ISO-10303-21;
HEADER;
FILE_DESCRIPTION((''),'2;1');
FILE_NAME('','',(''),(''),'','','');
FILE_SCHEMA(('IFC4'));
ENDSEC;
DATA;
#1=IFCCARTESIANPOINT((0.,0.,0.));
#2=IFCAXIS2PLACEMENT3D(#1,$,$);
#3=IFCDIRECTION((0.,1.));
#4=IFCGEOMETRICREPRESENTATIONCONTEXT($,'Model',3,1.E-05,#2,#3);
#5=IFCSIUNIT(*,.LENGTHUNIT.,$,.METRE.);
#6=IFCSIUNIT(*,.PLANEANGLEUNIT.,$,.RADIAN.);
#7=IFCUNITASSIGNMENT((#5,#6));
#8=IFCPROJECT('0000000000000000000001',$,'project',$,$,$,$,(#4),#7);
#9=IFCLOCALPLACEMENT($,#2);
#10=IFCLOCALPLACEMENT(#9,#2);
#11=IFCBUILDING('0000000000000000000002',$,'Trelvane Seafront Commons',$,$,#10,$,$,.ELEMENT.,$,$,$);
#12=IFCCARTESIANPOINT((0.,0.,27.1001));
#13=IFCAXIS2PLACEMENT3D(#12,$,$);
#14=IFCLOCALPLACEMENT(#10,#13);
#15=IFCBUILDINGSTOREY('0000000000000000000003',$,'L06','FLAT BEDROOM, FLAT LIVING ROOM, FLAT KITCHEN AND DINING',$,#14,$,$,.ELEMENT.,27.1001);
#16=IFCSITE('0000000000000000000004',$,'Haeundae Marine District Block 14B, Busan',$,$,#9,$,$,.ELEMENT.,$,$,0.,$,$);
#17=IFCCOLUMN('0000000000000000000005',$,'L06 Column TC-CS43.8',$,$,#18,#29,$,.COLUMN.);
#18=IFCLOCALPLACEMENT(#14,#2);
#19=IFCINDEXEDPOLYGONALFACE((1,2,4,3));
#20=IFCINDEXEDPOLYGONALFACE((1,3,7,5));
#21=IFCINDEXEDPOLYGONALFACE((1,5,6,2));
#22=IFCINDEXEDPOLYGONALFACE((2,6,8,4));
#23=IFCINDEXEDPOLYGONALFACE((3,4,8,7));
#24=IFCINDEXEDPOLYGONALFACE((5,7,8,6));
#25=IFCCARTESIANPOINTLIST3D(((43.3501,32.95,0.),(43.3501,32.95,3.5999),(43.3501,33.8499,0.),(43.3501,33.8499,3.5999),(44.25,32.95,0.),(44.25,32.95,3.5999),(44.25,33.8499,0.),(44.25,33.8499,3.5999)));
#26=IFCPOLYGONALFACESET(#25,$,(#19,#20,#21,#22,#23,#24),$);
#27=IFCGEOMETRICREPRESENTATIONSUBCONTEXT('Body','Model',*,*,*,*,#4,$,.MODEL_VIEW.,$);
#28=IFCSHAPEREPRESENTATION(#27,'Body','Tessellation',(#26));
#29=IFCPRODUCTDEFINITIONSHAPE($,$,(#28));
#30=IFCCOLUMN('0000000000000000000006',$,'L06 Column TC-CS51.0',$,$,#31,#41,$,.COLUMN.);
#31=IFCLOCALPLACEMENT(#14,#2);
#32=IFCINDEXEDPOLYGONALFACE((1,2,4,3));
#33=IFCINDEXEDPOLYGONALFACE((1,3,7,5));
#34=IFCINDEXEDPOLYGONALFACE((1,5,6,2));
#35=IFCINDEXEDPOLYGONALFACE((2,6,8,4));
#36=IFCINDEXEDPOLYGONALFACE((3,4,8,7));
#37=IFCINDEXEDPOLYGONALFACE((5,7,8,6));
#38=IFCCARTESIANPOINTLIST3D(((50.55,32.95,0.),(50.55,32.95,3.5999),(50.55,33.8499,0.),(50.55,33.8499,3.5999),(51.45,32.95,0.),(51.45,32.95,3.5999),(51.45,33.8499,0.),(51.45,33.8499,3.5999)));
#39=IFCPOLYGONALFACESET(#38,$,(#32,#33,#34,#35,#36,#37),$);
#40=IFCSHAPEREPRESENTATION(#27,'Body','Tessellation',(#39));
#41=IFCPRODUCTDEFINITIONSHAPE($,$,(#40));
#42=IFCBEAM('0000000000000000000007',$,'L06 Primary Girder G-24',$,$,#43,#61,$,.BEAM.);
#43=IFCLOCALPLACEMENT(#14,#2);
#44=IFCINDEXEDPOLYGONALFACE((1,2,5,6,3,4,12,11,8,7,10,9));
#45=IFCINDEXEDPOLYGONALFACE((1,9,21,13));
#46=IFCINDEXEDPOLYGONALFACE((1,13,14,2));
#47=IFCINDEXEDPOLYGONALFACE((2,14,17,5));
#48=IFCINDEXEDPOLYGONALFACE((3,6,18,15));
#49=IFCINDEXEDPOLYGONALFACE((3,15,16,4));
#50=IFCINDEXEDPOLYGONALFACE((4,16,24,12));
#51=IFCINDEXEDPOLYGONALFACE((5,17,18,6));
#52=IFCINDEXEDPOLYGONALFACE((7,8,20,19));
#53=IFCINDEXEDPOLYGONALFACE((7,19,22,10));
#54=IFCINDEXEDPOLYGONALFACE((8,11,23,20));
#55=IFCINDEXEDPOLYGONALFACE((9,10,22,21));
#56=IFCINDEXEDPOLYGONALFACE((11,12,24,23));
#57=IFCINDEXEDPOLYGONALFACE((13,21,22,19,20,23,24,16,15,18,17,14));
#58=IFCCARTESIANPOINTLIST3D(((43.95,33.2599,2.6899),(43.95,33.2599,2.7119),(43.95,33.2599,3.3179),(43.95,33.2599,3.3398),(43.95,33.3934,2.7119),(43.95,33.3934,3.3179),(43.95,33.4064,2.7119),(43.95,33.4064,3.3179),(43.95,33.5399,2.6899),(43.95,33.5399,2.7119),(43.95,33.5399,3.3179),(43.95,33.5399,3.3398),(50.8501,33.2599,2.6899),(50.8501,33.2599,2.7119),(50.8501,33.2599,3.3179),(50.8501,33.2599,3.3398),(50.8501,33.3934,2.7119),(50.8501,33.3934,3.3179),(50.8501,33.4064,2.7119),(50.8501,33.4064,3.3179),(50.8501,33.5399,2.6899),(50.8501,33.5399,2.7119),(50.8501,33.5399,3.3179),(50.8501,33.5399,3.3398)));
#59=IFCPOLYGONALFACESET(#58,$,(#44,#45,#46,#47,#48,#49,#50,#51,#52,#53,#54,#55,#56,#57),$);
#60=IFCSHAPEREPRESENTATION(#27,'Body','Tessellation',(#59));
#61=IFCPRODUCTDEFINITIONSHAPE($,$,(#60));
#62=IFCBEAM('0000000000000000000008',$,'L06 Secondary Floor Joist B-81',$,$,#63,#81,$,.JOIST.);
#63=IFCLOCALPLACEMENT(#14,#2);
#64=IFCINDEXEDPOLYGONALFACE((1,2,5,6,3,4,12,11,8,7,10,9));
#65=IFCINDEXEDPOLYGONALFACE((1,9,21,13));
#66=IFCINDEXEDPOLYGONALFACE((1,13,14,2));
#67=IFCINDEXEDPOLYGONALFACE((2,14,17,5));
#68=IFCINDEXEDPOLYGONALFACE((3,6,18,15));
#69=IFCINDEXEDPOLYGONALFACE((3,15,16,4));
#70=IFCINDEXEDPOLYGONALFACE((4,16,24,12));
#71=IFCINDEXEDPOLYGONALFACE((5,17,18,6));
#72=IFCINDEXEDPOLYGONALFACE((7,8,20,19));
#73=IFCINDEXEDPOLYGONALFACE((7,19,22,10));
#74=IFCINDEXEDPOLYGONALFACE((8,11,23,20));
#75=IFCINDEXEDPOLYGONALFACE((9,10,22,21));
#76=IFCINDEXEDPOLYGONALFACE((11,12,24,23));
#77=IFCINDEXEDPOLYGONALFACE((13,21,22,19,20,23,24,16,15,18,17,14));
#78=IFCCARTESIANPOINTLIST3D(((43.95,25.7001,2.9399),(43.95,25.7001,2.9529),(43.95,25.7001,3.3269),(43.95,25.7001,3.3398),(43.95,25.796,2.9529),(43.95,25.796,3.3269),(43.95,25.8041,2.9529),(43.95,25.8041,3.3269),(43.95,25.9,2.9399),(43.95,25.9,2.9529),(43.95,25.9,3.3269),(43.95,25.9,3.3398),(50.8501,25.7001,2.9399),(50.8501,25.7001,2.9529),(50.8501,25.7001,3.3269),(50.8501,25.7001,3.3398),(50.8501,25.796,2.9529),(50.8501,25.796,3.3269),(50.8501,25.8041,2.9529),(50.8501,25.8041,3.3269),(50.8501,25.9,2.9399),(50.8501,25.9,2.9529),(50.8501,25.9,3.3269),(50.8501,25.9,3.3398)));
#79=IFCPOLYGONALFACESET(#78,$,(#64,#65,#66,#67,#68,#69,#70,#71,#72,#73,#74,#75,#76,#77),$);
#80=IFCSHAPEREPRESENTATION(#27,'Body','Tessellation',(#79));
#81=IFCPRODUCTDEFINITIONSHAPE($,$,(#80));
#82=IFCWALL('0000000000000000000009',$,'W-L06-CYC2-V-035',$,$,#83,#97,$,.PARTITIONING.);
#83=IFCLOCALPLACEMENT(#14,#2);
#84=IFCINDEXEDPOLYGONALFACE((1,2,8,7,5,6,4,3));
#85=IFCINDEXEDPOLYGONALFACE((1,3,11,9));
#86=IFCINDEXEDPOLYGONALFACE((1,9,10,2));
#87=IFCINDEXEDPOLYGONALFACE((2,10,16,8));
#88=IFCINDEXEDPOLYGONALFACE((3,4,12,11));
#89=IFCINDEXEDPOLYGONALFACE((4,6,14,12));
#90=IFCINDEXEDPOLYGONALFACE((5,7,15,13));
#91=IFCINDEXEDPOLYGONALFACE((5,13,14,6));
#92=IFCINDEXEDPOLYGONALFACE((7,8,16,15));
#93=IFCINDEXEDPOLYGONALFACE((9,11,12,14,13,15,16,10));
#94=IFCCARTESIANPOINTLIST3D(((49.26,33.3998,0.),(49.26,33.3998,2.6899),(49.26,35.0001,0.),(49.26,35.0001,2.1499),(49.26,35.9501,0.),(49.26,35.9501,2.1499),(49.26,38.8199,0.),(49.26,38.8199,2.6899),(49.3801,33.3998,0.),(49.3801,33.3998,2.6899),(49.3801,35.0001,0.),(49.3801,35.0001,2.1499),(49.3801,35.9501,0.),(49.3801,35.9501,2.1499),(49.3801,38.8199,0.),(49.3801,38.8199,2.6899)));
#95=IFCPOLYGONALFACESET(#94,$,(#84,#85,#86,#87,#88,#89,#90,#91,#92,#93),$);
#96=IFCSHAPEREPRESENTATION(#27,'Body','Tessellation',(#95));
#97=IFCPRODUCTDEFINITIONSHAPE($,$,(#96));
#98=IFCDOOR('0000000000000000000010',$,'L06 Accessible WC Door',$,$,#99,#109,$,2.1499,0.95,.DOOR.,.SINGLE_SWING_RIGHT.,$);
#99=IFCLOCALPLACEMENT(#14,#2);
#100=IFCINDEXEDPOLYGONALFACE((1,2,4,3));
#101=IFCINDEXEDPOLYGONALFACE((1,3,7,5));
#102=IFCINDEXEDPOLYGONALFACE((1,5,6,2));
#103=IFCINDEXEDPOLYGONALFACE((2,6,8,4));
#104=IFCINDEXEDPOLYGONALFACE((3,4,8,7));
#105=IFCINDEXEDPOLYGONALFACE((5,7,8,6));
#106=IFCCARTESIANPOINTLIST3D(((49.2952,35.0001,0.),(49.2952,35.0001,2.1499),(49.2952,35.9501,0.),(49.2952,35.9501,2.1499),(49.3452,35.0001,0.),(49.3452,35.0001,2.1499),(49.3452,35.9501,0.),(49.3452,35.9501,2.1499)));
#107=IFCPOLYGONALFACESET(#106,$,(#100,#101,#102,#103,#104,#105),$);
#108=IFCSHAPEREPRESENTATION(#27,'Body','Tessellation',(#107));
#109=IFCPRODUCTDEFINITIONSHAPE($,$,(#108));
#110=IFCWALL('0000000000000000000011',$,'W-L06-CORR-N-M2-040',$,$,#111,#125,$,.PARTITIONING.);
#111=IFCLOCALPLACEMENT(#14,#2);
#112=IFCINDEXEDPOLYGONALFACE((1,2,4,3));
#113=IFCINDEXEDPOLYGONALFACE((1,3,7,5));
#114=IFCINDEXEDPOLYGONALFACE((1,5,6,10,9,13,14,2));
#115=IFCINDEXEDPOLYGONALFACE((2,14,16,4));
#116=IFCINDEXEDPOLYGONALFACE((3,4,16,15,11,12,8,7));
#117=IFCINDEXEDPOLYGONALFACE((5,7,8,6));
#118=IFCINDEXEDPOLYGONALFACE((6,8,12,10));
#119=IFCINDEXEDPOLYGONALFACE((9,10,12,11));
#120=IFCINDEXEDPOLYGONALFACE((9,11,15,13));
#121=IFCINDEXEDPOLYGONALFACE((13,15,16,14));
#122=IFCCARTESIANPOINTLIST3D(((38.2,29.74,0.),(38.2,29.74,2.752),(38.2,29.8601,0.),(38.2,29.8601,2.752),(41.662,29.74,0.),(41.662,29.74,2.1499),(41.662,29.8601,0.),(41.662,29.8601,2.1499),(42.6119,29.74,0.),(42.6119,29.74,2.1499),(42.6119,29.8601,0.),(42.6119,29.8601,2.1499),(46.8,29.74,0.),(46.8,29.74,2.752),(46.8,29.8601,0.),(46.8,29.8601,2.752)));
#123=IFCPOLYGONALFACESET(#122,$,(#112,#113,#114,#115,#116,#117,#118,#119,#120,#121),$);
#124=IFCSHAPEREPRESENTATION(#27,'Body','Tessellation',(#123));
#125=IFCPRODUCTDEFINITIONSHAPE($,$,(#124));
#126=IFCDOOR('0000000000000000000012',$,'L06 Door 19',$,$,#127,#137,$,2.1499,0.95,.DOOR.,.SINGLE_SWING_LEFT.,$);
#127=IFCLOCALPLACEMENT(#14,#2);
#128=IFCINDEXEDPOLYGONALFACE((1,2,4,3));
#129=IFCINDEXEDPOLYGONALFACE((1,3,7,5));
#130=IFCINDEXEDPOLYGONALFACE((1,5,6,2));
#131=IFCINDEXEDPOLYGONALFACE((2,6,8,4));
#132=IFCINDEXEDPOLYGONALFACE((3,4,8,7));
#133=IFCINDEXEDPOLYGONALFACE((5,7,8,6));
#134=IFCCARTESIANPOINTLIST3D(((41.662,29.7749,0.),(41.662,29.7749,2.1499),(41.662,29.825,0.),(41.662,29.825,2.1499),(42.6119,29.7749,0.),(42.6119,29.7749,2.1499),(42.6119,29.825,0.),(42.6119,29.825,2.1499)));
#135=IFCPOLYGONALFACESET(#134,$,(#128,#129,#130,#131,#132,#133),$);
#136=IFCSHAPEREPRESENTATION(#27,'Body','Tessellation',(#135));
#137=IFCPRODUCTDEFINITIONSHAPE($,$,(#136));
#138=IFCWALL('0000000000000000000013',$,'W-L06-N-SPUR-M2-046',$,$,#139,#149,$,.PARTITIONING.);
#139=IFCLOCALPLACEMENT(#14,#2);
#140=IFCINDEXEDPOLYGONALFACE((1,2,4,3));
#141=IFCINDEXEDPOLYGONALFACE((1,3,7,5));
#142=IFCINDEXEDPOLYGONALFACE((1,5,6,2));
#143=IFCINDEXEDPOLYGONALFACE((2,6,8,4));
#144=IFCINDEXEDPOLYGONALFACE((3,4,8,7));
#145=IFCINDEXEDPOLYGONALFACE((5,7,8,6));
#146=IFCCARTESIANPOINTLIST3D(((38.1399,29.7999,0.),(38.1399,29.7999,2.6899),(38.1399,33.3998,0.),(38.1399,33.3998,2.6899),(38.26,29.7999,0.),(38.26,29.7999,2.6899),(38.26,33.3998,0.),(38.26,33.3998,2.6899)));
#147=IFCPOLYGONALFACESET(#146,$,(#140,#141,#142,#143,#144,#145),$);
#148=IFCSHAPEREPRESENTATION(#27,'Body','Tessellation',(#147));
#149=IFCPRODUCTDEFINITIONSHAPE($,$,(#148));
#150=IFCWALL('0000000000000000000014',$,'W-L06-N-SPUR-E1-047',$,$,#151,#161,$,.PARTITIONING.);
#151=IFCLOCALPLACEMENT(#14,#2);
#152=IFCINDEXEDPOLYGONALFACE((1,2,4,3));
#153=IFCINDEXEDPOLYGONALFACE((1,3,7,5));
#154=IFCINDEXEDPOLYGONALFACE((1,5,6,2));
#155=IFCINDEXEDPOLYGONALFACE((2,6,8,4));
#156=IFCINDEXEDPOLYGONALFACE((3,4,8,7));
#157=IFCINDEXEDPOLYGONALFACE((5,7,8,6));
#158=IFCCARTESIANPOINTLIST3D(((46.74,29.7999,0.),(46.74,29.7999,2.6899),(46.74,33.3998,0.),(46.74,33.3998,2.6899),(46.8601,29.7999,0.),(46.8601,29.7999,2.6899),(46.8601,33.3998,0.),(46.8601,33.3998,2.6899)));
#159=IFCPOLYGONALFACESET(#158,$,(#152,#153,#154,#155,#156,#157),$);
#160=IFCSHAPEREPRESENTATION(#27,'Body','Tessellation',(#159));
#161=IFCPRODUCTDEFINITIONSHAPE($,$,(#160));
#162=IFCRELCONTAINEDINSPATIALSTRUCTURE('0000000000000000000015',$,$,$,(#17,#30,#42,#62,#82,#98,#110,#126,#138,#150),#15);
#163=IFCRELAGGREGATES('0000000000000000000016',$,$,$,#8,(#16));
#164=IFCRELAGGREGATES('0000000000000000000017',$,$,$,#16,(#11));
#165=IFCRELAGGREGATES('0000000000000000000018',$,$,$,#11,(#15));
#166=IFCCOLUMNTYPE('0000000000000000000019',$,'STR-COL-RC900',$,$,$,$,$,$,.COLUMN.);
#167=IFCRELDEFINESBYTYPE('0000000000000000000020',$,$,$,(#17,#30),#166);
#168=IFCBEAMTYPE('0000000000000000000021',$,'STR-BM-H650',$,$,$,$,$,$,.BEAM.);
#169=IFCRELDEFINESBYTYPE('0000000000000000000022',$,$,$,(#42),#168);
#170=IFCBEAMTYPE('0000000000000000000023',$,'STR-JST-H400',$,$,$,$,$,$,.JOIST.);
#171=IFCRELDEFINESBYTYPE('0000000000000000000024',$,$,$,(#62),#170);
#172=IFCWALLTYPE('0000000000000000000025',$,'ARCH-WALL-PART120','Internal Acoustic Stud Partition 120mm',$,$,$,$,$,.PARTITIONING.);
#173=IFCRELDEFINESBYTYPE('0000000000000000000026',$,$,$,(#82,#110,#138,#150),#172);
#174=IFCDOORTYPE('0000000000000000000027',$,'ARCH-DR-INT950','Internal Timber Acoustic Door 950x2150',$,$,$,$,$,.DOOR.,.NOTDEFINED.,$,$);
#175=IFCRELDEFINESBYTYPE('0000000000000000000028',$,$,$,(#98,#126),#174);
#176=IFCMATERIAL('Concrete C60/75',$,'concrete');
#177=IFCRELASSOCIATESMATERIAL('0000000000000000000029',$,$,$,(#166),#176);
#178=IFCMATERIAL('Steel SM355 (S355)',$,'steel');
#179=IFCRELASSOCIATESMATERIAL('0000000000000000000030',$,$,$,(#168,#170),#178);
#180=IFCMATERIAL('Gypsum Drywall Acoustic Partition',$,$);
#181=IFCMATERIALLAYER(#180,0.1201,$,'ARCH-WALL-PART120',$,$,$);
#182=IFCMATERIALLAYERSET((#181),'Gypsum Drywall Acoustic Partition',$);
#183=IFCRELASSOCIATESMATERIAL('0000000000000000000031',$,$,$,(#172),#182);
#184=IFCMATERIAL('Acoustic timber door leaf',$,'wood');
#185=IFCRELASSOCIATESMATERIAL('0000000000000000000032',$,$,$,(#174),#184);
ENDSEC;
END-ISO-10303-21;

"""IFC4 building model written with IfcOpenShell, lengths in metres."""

from ifc_helpers import new_model, si_unit, direction, frame, frame_2d, origin, origin_2d, place, context, subcontext, project, spatial, rectangle, i_section, extrude, source, transform, mapped, material, layer, layer_set, material_profile, profile_set, type_object, element, fill, save


model = new_model("IFC4")

# Units and contexts
model_context = context("Model", 3, precision=1e-05, world=origin(), true_north=direction((0.0, 1.0)))
body_context = subcontext(model_context, "Body", "Model", "MODEL_VIEW")
ifc_project = project(units=[si_unit("LENGTHUNIT", "METRE"), si_unit("PLANEANGLEUNIT", "RADIAN")], contexts=[model_context])

# Site, building, storey
site_placement = place(None, origin())
site = spatial("IfcSite", under=ifc_project, at=site_placement, Name="Haeundae Marine District Block 14B, Busan", CompositionType="ELEMENT", RefElevation=0.0)
building_placement = place(site_placement, origin())
building = spatial("IfcBuilding", under=site, at=building_placement, Name="Trelvane Seafront Commons", CompositionType="ELEMENT")
storey_placement = place(building_placement, frame((0.0, 0.0, 27.1001)))
storey = spatial("IfcBuildingStorey", under=building, at=storey_placement, Name="L06", Description="FLAT BEDROOM, FLAT LIVING ROOM, FLAT KITCHEN AND DINING", CompositionType="ELEMENT", Elevation=27.1001)

# Columns
ifc_material_1 = material(Name="Concrete C60/75", Category="concrete")
ifc_material_profile_1 = material_profile(ifc_material_1, rectangle(XDim=0.8999, YDim=0.8999, at=origin_2d()), Name="RC-900x900")
ifc_profile_set_1 = profile_set([ifc_material_profile_1], Name="Concrete C60/75")
column_type = type_object("IfcColumnType", Name="STR-COL-RC900", PredefinedType="COLUMN", material=ifc_profile_set_1)
shared_shape_1 = source(origin(), body_context, "Body", "SweptSolid", [
    extrude(rectangle(XDim=0.8999, YDim=0.8999, at=origin_2d()), origin(), (0.0, 0.0, 1.0), 3.5999),
])
for number, where, z_axis, x_axis, name in (
    (1, (43.8, 33.3999, 0.0), (0.0, 0.0, 1.0), (1.0, 0.0, 0.0), "L06 Column TC-CS43.8"),
    (2, (51.0, 33.3999, 0.0), (0.0, 0.0, 1.0), (1.0, 0.0, 0.0), "L06 Column TC-CS51.0"),
):
    element("IfcColumn", number, at=place(storey_placement, frame(where, z_axis=z_axis, x_axis=x_axis)), inside=storey, type_object=column_type, Name=name, PredefinedType="COLUMN", context=body_context, shape_type="MappedRepresentation", body=[
        mapped(shared_shape_1, transform((0.0, 0.0, 0.0), x_axis=(1.0, 0.0, 0.0), y_axis=(0.0, 1.0, 0.0), z_axis=(0.0, 0.0, 1.0), scale=1.0)),
    ])

# Beams
ifc_material_2 = material(Name="Steel SM355 (S355)", Category="steel")
ifc_material_profile_2 = material_profile(ifc_material_2, i_section(OverallWidth=0.28, OverallDepth=0.6499, WebThickness=0.0129, FlangeThickness=0.022, at=origin_2d()), Name="H-650x280x13x22")
ifc_profile_set_2 = profile_set([ifc_material_profile_2], Name="Steel SM355 (S355)")
beam_type_1 = type_object("IfcBeamType", Name="STR-BM-H650", PredefinedType="BEAM", material=ifc_profile_set_2)
shared_shape_2 = source(origin(), body_context, "Body", "SweptSolid", [
    extrude(i_section(OverallWidth=0.28, OverallDepth=0.6499, WebThickness=0.0129, FlangeThickness=0.022, at=origin_2d()), origin(), (0.0, 0.0, 1.0), 6.9001),
])
beam_1_placement = place(storey_placement, frame((43.95, 33.3999, 3.0149), z_axis=(1.0, 0.0, 0.0), x_axis=(0.0, 1.0, 0.0)))
element("IfcBeam", 3, at=beam_1_placement, inside=storey, type_object=beam_type_1, Name="L06 Primary Girder G-24", PredefinedType="BEAM", context=body_context, shape_type="MappedRepresentation", body=[
    mapped(shared_shape_2, transform((0.0, 0.0, 0.0), x_axis=(1.0, 0.0, 0.0), y_axis=(0.0, 1.0, 0.0), z_axis=(0.0, 0.0, 1.0), scale=1.0)),
])
ifc_material_profile_3 = material_profile(ifc_material_2, i_section(OverallWidth=0.2, OverallDepth=0.3999, WebThickness=0.0081, FlangeThickness=0.0129, at=origin_2d()), Name="H-400x200x8x13")
ifc_profile_set_3 = profile_set([ifc_material_profile_3], Name="Steel SM355 (S355)")
beam_type_2 = type_object("IfcBeamType", Name="STR-JST-H400", PredefinedType="JOIST", material=ifc_profile_set_3)
shared_shape_3 = source(origin(), body_context, "Body", "SweptSolid", [
    extrude(i_section(OverallWidth=0.2, OverallDepth=0.3999, WebThickness=0.0081, FlangeThickness=0.0129, at=origin_2d()), origin(), (0.0, 0.0, 1.0), 6.9001),
])
beam_2_placement = place(storey_placement, frame((43.95, 25.8, 3.1399), z_axis=(1.0, 0.0, 0.0), x_axis=(0.0, 1.0, 0.0)))
element("IfcBeam", 4, at=beam_2_placement, inside=storey, type_object=beam_type_2, Name="L06 Secondary Floor Joist B-81", PredefinedType="JOIST", context=body_context, shape_type="MappedRepresentation", body=[
    mapped(shared_shape_3, transform((0.0, 0.0, 0.0), x_axis=(1.0, 0.0, 0.0), y_axis=(0.0, 1.0, 0.0), z_axis=(0.0, 0.0, 1.0), scale=1.0)),
])

# Shared definitions
shared_shape_4 = source(origin(), body_context, "Body", "SweptSolid", [
    extrude(rectangle(XDim=0.95, YDim=2.1499, at=frame_2d((0.4751, 1.075))), frame((0.0, 0.0249, 0.0), z_axis=(0.0, -1.0, 0.0), x_axis=(1.0, 0.0, 0.0)), (0.0, 0.0, 1.0), 0.05),
])

# Walls, openings, doors
ifc_material_3 = material(Name="Gypsum Drywall Acoustic Partition")
ifc_layer_1 = layer(ifc_material_3, 0.1201, Name="ARCH-WALL-PART120")
ifc_layer_set_1 = layer_set([ifc_layer_1], Name="Gypsum Drywall Acoustic Partition")
wall_type_1 = type_object("IfcWallType", Name="ARCH-WALL-PART120", Description="Internal Acoustic Stud Partition 120mm", PredefinedType="PARTITIONING", material=ifc_layer_set_1)
wall_1_placement = place(storey_placement, frame((49.3201, 33.3999, 0.0), z_axis=(0.0, 0.0, 1.0), x_axis=(0.0, 1.0, 0.0)))
wall_1 = element("IfcWall", 5, at=wall_1_placement, inside=storey, type_object=wall_type_1, Name="W-L06-CYC2-V-035", PredefinedType="PARTITIONING", context=body_context, shape_type="SweptSolid", body=[
    extrude(rectangle(XDim=5.4202, YDim=0.1201, at=frame_2d((2.71, 0.0))), origin(), (0.0, 0.0, 1.0), 2.6899),
])
opening_1_placement = place(wall_1_placement, frame((1.6001, 0.0, 0.0)))
opening_1 = element("IfcOpeningElement", 6, at=opening_1_placement, cuts=wall_1, PredefinedType="OPENING", context=body_context, shape_type="SweptSolid", body=[
    extrude(rectangle(XDim=0.95, YDim=2.1499, at=frame_2d((0.4751, 1.075))), frame((0.0, 0.0701, 0.0), z_axis=(0.0, -1.0, 0.0), x_axis=(1.0, 0.0, 0.0)), (0.0, 0.0, 1.0), 0.1401),
])
ifc_material_4 = material(Name="Acoustic timber door leaf", Category="wood")
door_type_1 = type_object("IfcDoorType", Name="ARCH-DR-INT950", Description="Internal Timber Acoustic Door 950x2150", OperationType="NOTDEFINED", PredefinedType="DOOR", material=ifc_material_4)
door_1_placement = place(opening_1_placement, origin())
door_1 = element("IfcDoor", 7, at=door_1_placement, inside=storey, type_object=door_type_1, Name="L06 Accessible WC Door", OperationType="SINGLE_SWING_RIGHT", OverallHeight=2.1499, OverallWidth=0.95, PredefinedType="DOOR", context=body_context, shape_type="MappedRepresentation", body=[
    mapped(shared_shape_4, transform((0.0, 0.0, 0.0), x_axis=(1.0, 0.0, 0.0), y_axis=(0.0, 1.0, 0.0), z_axis=(0.0, 0.0, 1.0), scale=1.0)),
])
fill(opening_1, door_1)
wall_2_placement = place(storey_placement, frame((38.2, 29.8, 0.0), z_axis=(0.0, 0.0, 1.0), x_axis=(1.0, 0.0, 0.0)))
wall_2 = element("IfcWall", 8, at=wall_2_placement, inside=storey, type_object=wall_type_1, Name="W-L06-CORR-N-M2-040", PredefinedType="PARTITIONING", context=body_context, shape_type="SweptSolid", body=[
    extrude(rectangle(XDim=8.6001, YDim=0.1201, at=frame_2d((4.3, 0.0))), origin(), (0.0, 0.0, 1.0), 2.752),
])
opening_2_placement = place(wall_2_placement, frame((3.4619, 0.0, 0.0)))
opening_2 = element("IfcOpeningElement", 9, at=opening_2_placement, cuts=wall_2, PredefinedType="OPENING", context=body_context, shape_type="SweptSolid", body=[
    extrude(rectangle(XDim=0.95, YDim=2.1499, at=frame_2d((0.4751, 1.075))), frame((0.0, 0.0701, 0.0), z_axis=(0.0, -1.0, 0.0), x_axis=(1.0, 0.0, 0.0)), (0.0, 0.0, 1.0), 0.1401),
])
door_2_placement = place(opening_2_placement, origin())
door_2 = element("IfcDoor", 10, at=door_2_placement, inside=storey, type_object=door_type_1, Name="L06 Door 19", OperationType="SINGLE_SWING_LEFT", OverallHeight=2.1499, OverallWidth=0.95, PredefinedType="DOOR", context=body_context, shape_type="MappedRepresentation", body=[
    mapped(shared_shape_4, transform((0.0, 0.0, 0.0), x_axis=(1.0, 0.0, 0.0), y_axis=(0.0, 1.0, 0.0), z_axis=(0.0, 0.0, 1.0), scale=1.0)),
])
fill(opening_2, door_2)

# Walls
for number, where, z_axis, x_axis, name in (
    (11, (38.2, 29.8, 0.0), (0.0, 0.0, 1.0), (0.0, 1.0, 0.0), "W-L06-N-SPUR-M2-046"),
    (12, (46.8, 29.8, 0.0), (0.0, 0.0, 1.0), (0.0, 1.0, 0.0), "W-L06-N-SPUR-E1-047"),
):
    element("IfcWall", number, at=place(storey_placement, frame(where, z_axis=z_axis, x_axis=x_axis)), inside=storey, type_object=wall_type_1, Name=name, PredefinedType="PARTITIONING", context=body_context, shape_type="SweptSolid", body=[
        extrude(rectangle(XDim=3.5999, YDim=0.1201, at=frame_2d((1.7998, 0.0))), origin(), (0.0, 0.0, 1.0), 2.6899),
    ])

save(model, "model.ifc")
